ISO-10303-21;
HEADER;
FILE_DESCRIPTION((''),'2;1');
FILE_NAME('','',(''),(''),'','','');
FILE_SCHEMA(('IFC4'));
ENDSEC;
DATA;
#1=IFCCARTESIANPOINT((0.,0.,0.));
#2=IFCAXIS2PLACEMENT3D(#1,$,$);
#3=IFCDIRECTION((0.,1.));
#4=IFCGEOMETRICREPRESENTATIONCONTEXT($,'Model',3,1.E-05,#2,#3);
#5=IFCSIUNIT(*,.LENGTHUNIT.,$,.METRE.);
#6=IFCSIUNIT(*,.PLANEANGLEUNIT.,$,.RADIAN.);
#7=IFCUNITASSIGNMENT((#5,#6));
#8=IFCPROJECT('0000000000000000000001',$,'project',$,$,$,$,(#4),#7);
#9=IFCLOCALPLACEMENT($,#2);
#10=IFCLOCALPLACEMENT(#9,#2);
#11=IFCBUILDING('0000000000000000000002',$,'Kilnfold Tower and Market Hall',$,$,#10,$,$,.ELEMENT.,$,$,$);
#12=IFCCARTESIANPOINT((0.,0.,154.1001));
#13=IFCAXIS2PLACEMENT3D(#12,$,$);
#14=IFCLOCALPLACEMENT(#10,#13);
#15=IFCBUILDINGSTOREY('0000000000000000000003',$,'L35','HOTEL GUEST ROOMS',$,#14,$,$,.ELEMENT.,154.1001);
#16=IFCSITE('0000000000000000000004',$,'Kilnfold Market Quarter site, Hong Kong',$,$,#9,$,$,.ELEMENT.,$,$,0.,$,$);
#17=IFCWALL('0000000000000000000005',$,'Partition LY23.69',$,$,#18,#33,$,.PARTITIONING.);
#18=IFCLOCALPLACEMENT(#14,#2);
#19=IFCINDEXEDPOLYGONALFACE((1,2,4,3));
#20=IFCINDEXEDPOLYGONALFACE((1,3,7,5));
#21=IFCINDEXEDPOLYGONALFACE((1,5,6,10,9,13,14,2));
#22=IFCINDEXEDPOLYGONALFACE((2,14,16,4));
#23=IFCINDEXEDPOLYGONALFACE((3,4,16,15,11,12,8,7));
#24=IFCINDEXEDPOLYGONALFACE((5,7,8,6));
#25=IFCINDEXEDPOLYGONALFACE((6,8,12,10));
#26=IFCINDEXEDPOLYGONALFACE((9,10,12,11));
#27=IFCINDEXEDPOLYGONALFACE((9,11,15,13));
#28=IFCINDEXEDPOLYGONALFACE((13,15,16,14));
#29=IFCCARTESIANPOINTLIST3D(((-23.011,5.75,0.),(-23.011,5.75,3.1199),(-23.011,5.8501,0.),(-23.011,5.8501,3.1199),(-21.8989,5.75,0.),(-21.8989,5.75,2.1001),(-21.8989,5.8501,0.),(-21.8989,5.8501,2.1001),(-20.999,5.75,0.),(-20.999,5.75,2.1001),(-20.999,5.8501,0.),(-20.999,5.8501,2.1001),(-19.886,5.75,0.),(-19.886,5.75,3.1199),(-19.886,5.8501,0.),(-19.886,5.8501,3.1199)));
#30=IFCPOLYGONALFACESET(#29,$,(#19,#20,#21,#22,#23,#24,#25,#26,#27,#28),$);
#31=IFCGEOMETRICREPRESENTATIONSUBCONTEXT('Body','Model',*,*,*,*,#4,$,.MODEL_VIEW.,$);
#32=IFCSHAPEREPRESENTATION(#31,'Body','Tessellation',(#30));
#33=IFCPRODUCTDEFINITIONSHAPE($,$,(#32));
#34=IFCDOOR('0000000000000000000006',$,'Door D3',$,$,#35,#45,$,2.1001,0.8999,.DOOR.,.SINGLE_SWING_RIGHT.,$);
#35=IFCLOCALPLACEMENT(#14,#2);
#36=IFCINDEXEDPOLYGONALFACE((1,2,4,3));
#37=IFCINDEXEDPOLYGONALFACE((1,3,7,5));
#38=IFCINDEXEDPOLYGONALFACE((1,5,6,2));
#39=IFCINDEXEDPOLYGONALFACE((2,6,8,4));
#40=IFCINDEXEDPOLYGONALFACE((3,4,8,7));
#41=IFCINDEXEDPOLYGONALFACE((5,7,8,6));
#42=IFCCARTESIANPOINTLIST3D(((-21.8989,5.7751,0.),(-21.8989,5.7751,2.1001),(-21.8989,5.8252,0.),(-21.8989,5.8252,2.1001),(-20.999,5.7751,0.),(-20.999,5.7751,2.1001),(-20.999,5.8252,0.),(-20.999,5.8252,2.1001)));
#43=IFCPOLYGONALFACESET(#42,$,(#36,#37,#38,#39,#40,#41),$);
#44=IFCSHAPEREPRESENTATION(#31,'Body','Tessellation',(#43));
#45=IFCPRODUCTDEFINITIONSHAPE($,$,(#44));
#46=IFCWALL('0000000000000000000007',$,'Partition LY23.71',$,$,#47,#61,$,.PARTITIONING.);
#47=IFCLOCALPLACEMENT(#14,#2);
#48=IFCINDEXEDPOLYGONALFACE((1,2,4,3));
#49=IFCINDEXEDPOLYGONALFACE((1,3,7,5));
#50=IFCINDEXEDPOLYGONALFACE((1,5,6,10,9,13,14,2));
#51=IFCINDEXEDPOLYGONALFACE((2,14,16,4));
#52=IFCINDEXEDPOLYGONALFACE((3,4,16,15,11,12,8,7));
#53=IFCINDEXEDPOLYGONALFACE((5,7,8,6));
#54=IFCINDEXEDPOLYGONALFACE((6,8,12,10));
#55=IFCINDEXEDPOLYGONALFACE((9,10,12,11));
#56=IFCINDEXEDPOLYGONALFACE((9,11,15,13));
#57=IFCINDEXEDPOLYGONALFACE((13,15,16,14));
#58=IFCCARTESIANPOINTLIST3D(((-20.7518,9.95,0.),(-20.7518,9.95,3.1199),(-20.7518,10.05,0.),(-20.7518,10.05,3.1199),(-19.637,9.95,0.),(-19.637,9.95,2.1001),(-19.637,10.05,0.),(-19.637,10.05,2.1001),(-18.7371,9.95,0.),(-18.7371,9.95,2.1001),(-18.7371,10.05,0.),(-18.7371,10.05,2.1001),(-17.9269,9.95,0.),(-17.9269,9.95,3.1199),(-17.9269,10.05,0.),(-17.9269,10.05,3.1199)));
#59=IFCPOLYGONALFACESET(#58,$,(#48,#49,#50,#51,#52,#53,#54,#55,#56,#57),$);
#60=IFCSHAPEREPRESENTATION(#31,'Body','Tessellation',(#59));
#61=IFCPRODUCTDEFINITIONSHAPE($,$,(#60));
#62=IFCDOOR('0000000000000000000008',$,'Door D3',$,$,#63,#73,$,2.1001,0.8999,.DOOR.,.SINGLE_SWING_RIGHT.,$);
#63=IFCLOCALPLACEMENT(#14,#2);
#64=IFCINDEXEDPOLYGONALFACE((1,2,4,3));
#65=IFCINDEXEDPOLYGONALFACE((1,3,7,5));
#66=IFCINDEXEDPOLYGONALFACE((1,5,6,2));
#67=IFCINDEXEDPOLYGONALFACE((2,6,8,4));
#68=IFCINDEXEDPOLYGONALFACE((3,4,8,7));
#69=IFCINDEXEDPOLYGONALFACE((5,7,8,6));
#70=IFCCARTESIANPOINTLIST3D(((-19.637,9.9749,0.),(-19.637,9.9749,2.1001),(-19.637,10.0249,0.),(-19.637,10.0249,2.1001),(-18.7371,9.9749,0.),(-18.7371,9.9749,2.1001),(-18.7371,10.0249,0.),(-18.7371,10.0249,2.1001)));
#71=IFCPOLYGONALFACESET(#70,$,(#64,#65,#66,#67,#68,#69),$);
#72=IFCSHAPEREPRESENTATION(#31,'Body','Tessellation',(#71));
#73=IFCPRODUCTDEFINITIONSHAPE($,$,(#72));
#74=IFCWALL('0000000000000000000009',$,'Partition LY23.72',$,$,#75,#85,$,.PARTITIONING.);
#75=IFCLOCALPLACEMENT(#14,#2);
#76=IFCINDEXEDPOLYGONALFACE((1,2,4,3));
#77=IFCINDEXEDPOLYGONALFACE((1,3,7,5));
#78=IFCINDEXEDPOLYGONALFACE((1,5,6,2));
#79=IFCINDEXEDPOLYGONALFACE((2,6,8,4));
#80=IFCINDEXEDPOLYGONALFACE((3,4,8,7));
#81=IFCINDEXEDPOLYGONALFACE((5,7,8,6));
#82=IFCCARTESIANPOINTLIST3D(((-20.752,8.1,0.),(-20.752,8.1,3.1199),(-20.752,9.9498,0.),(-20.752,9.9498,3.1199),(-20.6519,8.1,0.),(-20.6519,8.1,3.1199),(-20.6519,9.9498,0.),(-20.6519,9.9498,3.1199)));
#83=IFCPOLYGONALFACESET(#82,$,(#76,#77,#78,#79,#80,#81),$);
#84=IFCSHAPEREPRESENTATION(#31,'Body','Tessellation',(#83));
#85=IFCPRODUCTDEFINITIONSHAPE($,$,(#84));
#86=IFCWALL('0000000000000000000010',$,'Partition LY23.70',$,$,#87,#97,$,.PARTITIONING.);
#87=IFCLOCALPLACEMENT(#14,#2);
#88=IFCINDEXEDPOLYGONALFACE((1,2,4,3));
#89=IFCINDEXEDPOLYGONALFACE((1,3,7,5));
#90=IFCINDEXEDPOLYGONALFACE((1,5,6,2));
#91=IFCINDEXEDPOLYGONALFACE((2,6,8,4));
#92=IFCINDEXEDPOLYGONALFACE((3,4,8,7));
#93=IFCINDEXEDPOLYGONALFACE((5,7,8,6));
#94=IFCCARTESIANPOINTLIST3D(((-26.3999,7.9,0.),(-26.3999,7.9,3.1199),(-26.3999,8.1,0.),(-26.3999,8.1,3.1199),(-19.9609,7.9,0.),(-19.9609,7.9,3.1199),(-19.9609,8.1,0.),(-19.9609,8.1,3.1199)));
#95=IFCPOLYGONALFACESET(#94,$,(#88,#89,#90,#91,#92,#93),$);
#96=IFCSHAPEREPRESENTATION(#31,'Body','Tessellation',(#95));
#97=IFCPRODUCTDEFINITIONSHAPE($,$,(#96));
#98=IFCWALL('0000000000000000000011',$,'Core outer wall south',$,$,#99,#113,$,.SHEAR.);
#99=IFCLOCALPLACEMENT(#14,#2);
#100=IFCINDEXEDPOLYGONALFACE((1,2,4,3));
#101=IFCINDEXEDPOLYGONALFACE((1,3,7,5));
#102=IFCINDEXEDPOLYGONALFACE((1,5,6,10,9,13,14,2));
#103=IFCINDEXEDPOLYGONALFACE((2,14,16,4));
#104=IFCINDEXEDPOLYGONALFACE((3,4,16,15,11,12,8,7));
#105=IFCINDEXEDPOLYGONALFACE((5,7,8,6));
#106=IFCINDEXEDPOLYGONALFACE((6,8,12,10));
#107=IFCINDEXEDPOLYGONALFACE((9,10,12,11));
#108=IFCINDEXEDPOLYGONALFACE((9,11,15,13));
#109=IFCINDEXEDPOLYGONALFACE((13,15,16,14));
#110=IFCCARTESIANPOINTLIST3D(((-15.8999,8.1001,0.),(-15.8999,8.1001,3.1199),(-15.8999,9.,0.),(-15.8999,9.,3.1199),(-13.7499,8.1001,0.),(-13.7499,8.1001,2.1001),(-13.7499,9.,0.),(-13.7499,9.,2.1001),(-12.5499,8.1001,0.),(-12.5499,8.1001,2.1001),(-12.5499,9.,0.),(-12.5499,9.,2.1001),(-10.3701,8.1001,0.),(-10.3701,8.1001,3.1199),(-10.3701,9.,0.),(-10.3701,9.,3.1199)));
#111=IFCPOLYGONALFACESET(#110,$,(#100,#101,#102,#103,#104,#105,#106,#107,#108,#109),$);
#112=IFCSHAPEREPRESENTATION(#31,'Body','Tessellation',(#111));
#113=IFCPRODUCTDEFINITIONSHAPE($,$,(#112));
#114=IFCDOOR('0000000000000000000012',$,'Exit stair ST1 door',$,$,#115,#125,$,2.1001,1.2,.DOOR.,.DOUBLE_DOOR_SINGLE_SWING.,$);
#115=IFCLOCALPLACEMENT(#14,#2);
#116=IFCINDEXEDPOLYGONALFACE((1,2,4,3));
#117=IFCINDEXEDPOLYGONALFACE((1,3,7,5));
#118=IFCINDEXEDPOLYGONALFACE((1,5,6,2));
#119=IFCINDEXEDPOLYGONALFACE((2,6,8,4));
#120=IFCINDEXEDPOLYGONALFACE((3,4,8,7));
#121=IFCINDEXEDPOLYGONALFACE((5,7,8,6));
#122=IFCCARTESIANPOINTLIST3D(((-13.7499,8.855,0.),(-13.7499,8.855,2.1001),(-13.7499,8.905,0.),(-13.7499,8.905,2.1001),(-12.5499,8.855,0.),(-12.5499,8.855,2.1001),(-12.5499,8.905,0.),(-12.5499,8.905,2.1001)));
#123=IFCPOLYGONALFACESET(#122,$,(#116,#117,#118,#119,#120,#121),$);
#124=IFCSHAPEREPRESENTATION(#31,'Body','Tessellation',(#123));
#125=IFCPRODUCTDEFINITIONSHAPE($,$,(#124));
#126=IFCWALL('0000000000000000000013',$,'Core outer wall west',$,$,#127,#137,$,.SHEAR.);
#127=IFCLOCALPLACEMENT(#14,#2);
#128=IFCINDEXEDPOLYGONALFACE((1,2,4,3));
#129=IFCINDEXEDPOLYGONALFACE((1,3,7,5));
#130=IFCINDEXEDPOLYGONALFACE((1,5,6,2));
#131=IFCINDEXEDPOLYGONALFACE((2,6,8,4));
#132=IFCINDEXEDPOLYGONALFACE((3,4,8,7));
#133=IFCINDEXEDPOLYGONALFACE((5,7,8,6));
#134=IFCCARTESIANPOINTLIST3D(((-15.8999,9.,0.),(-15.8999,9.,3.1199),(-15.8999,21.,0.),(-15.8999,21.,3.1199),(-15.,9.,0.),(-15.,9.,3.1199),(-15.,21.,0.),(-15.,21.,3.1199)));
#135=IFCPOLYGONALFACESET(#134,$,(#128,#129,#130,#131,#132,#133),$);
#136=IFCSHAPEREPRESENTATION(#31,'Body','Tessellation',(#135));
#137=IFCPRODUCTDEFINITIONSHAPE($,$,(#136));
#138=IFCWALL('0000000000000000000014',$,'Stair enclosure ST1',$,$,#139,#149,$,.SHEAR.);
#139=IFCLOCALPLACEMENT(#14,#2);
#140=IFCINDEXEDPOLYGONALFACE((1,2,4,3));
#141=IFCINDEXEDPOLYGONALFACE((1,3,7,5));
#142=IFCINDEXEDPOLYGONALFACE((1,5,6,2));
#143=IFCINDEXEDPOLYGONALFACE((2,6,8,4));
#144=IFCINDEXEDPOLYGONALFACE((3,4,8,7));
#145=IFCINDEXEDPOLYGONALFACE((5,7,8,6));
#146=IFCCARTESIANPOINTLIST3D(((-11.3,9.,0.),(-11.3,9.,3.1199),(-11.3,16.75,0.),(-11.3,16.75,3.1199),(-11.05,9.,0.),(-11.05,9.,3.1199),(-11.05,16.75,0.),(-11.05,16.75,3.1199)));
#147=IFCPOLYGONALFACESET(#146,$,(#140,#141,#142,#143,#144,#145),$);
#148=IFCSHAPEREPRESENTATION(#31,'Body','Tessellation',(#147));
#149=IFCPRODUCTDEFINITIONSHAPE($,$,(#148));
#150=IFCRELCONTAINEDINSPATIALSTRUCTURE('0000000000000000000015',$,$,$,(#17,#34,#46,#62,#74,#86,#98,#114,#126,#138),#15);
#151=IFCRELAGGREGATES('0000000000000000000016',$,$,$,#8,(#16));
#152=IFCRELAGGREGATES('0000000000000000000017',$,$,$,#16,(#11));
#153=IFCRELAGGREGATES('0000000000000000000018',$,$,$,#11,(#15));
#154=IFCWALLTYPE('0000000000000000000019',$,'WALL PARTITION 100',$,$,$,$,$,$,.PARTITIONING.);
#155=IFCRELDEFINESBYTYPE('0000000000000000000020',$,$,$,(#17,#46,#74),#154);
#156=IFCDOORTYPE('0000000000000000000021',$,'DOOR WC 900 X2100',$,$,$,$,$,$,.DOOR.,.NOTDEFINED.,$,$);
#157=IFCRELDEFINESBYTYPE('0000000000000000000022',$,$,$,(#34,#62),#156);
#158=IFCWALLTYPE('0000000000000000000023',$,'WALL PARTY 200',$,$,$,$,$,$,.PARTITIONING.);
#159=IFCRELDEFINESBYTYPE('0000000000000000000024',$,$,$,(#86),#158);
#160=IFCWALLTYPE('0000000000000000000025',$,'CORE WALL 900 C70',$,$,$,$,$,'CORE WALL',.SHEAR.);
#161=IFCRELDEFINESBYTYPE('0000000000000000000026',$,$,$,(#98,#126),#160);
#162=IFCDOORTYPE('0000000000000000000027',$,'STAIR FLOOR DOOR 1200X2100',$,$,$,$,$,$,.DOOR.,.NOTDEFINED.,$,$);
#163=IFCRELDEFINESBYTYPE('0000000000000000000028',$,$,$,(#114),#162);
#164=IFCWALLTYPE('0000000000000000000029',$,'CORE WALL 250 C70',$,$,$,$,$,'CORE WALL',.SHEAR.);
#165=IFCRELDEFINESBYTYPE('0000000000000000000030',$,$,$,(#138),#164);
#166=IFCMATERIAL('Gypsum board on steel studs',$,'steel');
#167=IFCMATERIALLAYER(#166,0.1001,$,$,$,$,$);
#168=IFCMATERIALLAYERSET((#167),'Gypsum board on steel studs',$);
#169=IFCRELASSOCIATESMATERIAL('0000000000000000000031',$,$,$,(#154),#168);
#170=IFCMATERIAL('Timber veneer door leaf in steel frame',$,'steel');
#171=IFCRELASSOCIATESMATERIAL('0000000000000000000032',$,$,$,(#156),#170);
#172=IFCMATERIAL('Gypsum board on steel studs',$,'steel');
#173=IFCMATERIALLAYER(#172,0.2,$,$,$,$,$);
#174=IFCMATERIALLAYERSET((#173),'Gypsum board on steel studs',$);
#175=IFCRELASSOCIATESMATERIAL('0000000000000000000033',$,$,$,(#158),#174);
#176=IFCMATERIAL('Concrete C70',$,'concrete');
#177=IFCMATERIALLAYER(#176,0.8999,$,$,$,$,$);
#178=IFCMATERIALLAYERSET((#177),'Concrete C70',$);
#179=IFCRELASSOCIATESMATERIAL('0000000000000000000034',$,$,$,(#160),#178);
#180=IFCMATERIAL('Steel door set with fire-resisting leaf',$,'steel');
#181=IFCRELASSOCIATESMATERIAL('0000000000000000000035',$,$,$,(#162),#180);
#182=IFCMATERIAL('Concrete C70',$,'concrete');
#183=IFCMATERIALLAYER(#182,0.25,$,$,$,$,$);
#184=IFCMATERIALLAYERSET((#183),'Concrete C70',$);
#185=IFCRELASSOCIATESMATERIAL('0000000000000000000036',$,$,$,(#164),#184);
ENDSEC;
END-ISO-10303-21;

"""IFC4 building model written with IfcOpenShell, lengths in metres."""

from ifc_helpers import new_model, si_unit, direction, frame, frame_2d, origin, place, context, subcontext, project, spatial, rectangle, extrude, source, transform, mapped, material, layer, layer_set, type_object, element, fill, save


model = new_model("IFC4")

# Units and contexts
model_context = context("Model", 3, precision=1e-05, world=origin(), true_north=direction((0.0, 1.0)))
body_context = subcontext(model_context, "Body", "Model", "MODEL_VIEW")
ifc_project = project(units=[si_unit("LENGTHUNIT", "METRE"), si_unit("PLANEANGLEUNIT", "RADIAN")], contexts=[model_context])

# Site, building, storey
site_placement = place(None, origin())
site = spatial("IfcSite", under=ifc_project, at=site_placement, Name="Kilnfold Market Quarter site, Hong Kong", CompositionType="ELEMENT", RefElevation=0.0)
building_placement = place(site_placement, origin())
building = spatial("IfcBuilding", under=site, at=building_placement, Name="Kilnfold Tower and Market Hall", CompositionType="ELEMENT")
storey_placement = place(building_placement, frame((0.0, 0.0, 154.1001)))
storey = spatial("IfcBuildingStorey", under=building, at=storey_placement, Name="L35", Description="HOTEL GUEST ROOMS", CompositionType="ELEMENT", Elevation=154.1001)

# Shared definitions
ifc_material_1 = material(Name="Gypsum board on steel studs", Category="steel")
ifc_layer_1 = layer(ifc_material_1, 0.1001)
ifc_layer_set_1 = layer_set([ifc_layer_1], Name="Gypsum board on steel studs")
wall_type_1 = type_object("IfcWallType", Name="WALL PARTITION 100", PredefinedType="PARTITIONING", material=ifc_layer_set_1)

# Walls, openings, doors
wall_1_placement = place(storey_placement, frame((-19.886, 5.8, 0.0), z_axis=(0.0, 0.0, 1.0), x_axis=(-1.0, 0.0, 0.0)))
wall_1 = element("IfcWall", 1, at=wall_1_placement, inside=storey, type_object=wall_type_1, Name="Partition LY23.69", PredefinedType="PARTITIONING", context=body_context, shape_type="SweptSolid", body=[
    extrude(rectangle(XDim=3.125, YDim=0.1001, at=frame_2d((1.5625, 0.0))), origin(), (0.0, 0.0, 1.0), 3.1199),
])
opening_1_placement = place(wall_1_placement, frame((1.113, 0.0, 0.0)))
opening_1 = element("IfcOpeningElement", 2, at=opening_1_placement, cuts=wall_1, PredefinedType="OPENING", context=body_context, shape_type="SweptSolid", body=[
    extrude(rectangle(XDim=0.8999, YDim=2.1001, at=frame_2d((0.45, 1.05))), frame((0.0, 0.0601, 0.0), z_axis=(0.0, -1.0, 0.0), x_axis=(1.0, 0.0, 0.0)), (0.0, 0.0, 1.0), 0.1201),
])
ifc_material_2 = material(Name="Timber veneer door leaf in steel frame", Category="steel")
door_type_1 = type_object("IfcDoorType", Name="DOOR WC 900 X2100", OperationType="NOTDEFINED", PredefinedType="DOOR", material=ifc_material_2)
door_1_placement = place(opening_1_placement, origin())
door_1 = element("IfcDoor", 3, at=door_1_placement, inside=storey, type_object=door_type_1, Name="Door D3", OperationType="SINGLE_SWING_RIGHT", OverallHeight=2.1001, OverallWidth=0.8999, PredefinedType="DOOR", context=body_context, shape_type="SweptSolid", body=[
    extrude(rectangle(XDim=0.8999, YDim=2.1001, at=frame_2d((0.45, 1.05))), frame((0.0, 0.0249, 0.0), z_axis=(0.0, -1.0, 0.0), x_axis=(1.0, 0.0, 0.0)), (0.0, 0.0, 1.0), 0.05),
])
fill(opening_1, door_1)
wall_2_placement = place(storey_placement, frame((-20.752, 10.0, 0.0), z_axis=(0.0, 0.0, 1.0), x_axis=(1.0, 0.0, 0.0)))
wall_2 = element("IfcWall", 4, at=wall_2_placement, inside=storey, type_object=wall_type_1, Name="Partition LY23.71", PredefinedType="PARTITIONING", context=body_context, shape_type="SweptSolid", body=[
    extrude(rectangle(XDim=2.825, YDim=0.1001, at=frame_2d((1.4126, 0.0))), origin(), (0.0, 0.0, 1.0), 3.1199),
])
opening_2_placement = place(wall_2_placement, frame((1.115, 0.0, 0.0)))
opening_2 = element("IfcOpeningElement", 5, at=opening_2_placement, cuts=wall_2, PredefinedType="OPENING", context=body_context, shape_type="SweptSolid", body=[
    extrude(rectangle(XDim=0.8999, YDim=2.1001, at=frame_2d((0.45, 1.05))), frame((0.0, 0.0601, 0.0), z_axis=(0.0, -1.0, 0.0), x_axis=(1.0, 0.0, 0.0)), (0.0, 0.0, 1.0), 0.1201),
])
door_2_placement = place(opening_2_placement, origin())
door_2 = element("IfcDoor", 6, at=door_2_placement, inside=storey, type_object=door_type_1, Name="Door D3", OperationType="SINGLE_SWING_RIGHT", OverallHeight=2.1001, OverallWidth=0.8999, PredefinedType="DOOR", context=body_context, shape_type="SweptSolid", body=[
    extrude(rectangle(XDim=0.8999, YDim=2.1001, at=frame_2d((0.45, 1.05))), frame((0.0, 0.0249, 0.0), z_axis=(0.0, -1.0, 0.0), x_axis=(1.0, 0.0, 0.0)), (0.0, 0.0, 1.0), 0.05),
])
fill(opening_2, door_2)

# Walls
wall_3_placement = place(storey_placement, frame((-20.7019, 8.1001, 0.0), z_axis=(0.0, 0.0, 1.0), x_axis=(0.0, 1.0, 0.0)))
element("IfcWall", 7, at=wall_3_placement, inside=storey, type_object=wall_type_1, Name="Partition LY23.72", PredefinedType="PARTITIONING", context=body_context, shape_type="SweptSolid", body=[
    extrude(rectangle(XDim=1.8499, YDim=0.1001, at=frame_2d((0.9248, 0.0))), origin(), (0.0, 0.0, 1.0), 3.1199),
])
ifc_material_3 = material(Name="Gypsum board on steel studs", Category="steel")
ifc_layer_2 = layer(ifc_material_3, 0.2)
ifc_layer_set_2 = layer_set([ifc_layer_2], Name="Gypsum board on steel studs")
wall_type_2 = type_object("IfcWallType", Name="WALL PARTY 200", PredefinedType="PARTITIONING", material=ifc_layer_set_2)
wall_4_placement = place(storey_placement, frame((-26.3999, 8.0, 0.0), z_axis=(0.0, 0.0, 1.0), x_axis=(1.0, 0.0, 0.0)))
element("IfcWall", 8, at=wall_4_placement, inside=storey, type_object=wall_type_2, Name="Partition LY23.70", PredefinedType="PARTITIONING", context=body_context, shape_type="SweptSolid", body=[
    extrude(rectangle(XDim=6.439, YDim=0.2, at=frame_2d((3.2195, 0.0))), origin(), (0.0, 0.0, 1.0), 3.1199),
])

# Wall, opening, door
ifc_material_4 = material(Name="Concrete C70", Category="concrete")
ifc_layer_3 = layer(ifc_material_4, 0.8999)
ifc_layer_set_3 = layer_set([ifc_layer_3], Name="Concrete C70")
wall_type_3 = type_object("IfcWallType", Name="CORE WALL 900 C70", ElementType="CORE WALL", PredefinedType="SHEAR", material=ifc_layer_set_3)
shared_shape_1 = source(origin(), body_context, "Body", "SweptSolid", [
    extrude(rectangle(XDim=5.5298, YDim=0.8999, at=frame_2d((2.7649, 0.0))), origin(), (0.0, 0.0, 1.0), 3.1199),
])
wall_5_placement = place(storey_placement, frame((-15.8999, 8.55, 0.0), z_axis=(0.0, 0.0, 1.0), x_axis=(1.0, 0.0, 0.0)))
wall_5 = element("IfcWall", 9, at=wall_5_placement, inside=storey, type_object=wall_type_3, Name="Core outer wall south", PredefinedType="SHEAR", context=body_context, shape_type="MappedRepresentation", body=[
    mapped(shared_shape_1, transform((0.0, 0.0, 0.0))),
])
opening_3_placement = place(wall_5_placement, frame((2.1499, 0.0, 0.0)))
opening_3 = element("IfcOpeningElement", 10, at=opening_3_placement, cuts=wall_5, PredefinedType="OPENING", context=body_context, shape_type="SweptSolid", body=[
    extrude(rectangle(XDim=1.2, YDim=2.1001, at=frame_2d((0.6001, 1.05))), frame((0.0, 0.46, 0.0), z_axis=(0.0, -1.0, 0.0), x_axis=(1.0, 0.0, 0.0)), (0.0, 0.0, 1.0), 0.9199),
])
ifc_material_5 = material(Name="Steel door set with fire-resisting leaf", Category="steel")
door_type_2 = type_object("IfcDoorType", Name="STAIR FLOOR DOOR 1200X2100", OperationType="NOTDEFINED", PredefinedType="DOOR", material=ifc_material_5)
door_3_placement = place(opening_3_placement, origin())
door_3 = element("IfcDoor", 11, at=door_3_placement, inside=storey, type_object=door_type_2, Name="Exit stair ST1 door", OperationType="DOUBLE_DOOR_SINGLE_SWING", OverallHeight=2.1001, OverallWidth=1.2, PredefinedType="DOOR", context=body_context, shape_type="SweptSolid", body=[
    extrude(rectangle(XDim=1.2, YDim=2.1001, at=frame_2d((0.6001, 1.05))), frame((0.0, 0.355, 0.0), z_axis=(0.0, -1.0, 0.0), x_axis=(1.0, 0.0, 0.0)), (0.0, 0.0, 1.0), 0.05),
])
fill(opening_3, door_3)

# Walls
shared_shape_2 = source(origin(), body_context, "Body", "SweptSolid", [
    extrude(rectangle(XDim=12.0, YDim=0.8999, at=frame_2d((6.0, 0.0))), origin(), (0.0, 0.0, 1.0), 3.1199),
])
wall_6_placement = place(storey_placement, frame((-15.45, 9.0, 0.0), z_axis=(0.0, 0.0, 1.0), x_axis=(0.0, 1.0, 0.0)))
element("IfcWall", 12, at=wall_6_placement, inside=storey, type_object=wall_type_3, Name="Core outer wall west", PredefinedType="SHEAR", context=body_context, shape_type="MappedRepresentation", body=[
    mapped(shared_shape_2, transform((0.0, 0.0, 0.0))),
])
ifc_material_6 = material(Name="Concrete C70", Category="concrete")
ifc_layer_4 = layer(ifc_material_6, 0.25)
ifc_layer_set_4 = layer_set([ifc_layer_4], Name="Concrete C70")
wall_type_4 = type_object("IfcWallType", Name="CORE WALL 250 C70", ElementType="CORE WALL", PredefinedType="SHEAR", material=ifc_layer_set_4)
shared_shape_3 = source(origin(), body_context, "Body", "SweptSolid", [
    extrude(rectangle(XDim=7.75, YDim=0.25, at=frame_2d((3.875, 0.0))), origin(), (0.0, 0.0, 1.0), 3.1199),
])
wall_7_placement = place(storey_placement, frame((-11.175, 9.0, 0.0), z_axis=(0.0, 0.0, 1.0), x_axis=(0.0, 1.0, 0.0)))
element("IfcWall", 13, at=wall_7_placement, inside=storey, type_object=wall_type_4, Name="Stair enclosure ST1", PredefinedType="SHEAR", context=body_context, shape_type="MappedRepresentation", body=[
    mapped(shared_shape_3, transform((0.0, 0.0, 0.0))),
])

save(model, "model.ifc")
